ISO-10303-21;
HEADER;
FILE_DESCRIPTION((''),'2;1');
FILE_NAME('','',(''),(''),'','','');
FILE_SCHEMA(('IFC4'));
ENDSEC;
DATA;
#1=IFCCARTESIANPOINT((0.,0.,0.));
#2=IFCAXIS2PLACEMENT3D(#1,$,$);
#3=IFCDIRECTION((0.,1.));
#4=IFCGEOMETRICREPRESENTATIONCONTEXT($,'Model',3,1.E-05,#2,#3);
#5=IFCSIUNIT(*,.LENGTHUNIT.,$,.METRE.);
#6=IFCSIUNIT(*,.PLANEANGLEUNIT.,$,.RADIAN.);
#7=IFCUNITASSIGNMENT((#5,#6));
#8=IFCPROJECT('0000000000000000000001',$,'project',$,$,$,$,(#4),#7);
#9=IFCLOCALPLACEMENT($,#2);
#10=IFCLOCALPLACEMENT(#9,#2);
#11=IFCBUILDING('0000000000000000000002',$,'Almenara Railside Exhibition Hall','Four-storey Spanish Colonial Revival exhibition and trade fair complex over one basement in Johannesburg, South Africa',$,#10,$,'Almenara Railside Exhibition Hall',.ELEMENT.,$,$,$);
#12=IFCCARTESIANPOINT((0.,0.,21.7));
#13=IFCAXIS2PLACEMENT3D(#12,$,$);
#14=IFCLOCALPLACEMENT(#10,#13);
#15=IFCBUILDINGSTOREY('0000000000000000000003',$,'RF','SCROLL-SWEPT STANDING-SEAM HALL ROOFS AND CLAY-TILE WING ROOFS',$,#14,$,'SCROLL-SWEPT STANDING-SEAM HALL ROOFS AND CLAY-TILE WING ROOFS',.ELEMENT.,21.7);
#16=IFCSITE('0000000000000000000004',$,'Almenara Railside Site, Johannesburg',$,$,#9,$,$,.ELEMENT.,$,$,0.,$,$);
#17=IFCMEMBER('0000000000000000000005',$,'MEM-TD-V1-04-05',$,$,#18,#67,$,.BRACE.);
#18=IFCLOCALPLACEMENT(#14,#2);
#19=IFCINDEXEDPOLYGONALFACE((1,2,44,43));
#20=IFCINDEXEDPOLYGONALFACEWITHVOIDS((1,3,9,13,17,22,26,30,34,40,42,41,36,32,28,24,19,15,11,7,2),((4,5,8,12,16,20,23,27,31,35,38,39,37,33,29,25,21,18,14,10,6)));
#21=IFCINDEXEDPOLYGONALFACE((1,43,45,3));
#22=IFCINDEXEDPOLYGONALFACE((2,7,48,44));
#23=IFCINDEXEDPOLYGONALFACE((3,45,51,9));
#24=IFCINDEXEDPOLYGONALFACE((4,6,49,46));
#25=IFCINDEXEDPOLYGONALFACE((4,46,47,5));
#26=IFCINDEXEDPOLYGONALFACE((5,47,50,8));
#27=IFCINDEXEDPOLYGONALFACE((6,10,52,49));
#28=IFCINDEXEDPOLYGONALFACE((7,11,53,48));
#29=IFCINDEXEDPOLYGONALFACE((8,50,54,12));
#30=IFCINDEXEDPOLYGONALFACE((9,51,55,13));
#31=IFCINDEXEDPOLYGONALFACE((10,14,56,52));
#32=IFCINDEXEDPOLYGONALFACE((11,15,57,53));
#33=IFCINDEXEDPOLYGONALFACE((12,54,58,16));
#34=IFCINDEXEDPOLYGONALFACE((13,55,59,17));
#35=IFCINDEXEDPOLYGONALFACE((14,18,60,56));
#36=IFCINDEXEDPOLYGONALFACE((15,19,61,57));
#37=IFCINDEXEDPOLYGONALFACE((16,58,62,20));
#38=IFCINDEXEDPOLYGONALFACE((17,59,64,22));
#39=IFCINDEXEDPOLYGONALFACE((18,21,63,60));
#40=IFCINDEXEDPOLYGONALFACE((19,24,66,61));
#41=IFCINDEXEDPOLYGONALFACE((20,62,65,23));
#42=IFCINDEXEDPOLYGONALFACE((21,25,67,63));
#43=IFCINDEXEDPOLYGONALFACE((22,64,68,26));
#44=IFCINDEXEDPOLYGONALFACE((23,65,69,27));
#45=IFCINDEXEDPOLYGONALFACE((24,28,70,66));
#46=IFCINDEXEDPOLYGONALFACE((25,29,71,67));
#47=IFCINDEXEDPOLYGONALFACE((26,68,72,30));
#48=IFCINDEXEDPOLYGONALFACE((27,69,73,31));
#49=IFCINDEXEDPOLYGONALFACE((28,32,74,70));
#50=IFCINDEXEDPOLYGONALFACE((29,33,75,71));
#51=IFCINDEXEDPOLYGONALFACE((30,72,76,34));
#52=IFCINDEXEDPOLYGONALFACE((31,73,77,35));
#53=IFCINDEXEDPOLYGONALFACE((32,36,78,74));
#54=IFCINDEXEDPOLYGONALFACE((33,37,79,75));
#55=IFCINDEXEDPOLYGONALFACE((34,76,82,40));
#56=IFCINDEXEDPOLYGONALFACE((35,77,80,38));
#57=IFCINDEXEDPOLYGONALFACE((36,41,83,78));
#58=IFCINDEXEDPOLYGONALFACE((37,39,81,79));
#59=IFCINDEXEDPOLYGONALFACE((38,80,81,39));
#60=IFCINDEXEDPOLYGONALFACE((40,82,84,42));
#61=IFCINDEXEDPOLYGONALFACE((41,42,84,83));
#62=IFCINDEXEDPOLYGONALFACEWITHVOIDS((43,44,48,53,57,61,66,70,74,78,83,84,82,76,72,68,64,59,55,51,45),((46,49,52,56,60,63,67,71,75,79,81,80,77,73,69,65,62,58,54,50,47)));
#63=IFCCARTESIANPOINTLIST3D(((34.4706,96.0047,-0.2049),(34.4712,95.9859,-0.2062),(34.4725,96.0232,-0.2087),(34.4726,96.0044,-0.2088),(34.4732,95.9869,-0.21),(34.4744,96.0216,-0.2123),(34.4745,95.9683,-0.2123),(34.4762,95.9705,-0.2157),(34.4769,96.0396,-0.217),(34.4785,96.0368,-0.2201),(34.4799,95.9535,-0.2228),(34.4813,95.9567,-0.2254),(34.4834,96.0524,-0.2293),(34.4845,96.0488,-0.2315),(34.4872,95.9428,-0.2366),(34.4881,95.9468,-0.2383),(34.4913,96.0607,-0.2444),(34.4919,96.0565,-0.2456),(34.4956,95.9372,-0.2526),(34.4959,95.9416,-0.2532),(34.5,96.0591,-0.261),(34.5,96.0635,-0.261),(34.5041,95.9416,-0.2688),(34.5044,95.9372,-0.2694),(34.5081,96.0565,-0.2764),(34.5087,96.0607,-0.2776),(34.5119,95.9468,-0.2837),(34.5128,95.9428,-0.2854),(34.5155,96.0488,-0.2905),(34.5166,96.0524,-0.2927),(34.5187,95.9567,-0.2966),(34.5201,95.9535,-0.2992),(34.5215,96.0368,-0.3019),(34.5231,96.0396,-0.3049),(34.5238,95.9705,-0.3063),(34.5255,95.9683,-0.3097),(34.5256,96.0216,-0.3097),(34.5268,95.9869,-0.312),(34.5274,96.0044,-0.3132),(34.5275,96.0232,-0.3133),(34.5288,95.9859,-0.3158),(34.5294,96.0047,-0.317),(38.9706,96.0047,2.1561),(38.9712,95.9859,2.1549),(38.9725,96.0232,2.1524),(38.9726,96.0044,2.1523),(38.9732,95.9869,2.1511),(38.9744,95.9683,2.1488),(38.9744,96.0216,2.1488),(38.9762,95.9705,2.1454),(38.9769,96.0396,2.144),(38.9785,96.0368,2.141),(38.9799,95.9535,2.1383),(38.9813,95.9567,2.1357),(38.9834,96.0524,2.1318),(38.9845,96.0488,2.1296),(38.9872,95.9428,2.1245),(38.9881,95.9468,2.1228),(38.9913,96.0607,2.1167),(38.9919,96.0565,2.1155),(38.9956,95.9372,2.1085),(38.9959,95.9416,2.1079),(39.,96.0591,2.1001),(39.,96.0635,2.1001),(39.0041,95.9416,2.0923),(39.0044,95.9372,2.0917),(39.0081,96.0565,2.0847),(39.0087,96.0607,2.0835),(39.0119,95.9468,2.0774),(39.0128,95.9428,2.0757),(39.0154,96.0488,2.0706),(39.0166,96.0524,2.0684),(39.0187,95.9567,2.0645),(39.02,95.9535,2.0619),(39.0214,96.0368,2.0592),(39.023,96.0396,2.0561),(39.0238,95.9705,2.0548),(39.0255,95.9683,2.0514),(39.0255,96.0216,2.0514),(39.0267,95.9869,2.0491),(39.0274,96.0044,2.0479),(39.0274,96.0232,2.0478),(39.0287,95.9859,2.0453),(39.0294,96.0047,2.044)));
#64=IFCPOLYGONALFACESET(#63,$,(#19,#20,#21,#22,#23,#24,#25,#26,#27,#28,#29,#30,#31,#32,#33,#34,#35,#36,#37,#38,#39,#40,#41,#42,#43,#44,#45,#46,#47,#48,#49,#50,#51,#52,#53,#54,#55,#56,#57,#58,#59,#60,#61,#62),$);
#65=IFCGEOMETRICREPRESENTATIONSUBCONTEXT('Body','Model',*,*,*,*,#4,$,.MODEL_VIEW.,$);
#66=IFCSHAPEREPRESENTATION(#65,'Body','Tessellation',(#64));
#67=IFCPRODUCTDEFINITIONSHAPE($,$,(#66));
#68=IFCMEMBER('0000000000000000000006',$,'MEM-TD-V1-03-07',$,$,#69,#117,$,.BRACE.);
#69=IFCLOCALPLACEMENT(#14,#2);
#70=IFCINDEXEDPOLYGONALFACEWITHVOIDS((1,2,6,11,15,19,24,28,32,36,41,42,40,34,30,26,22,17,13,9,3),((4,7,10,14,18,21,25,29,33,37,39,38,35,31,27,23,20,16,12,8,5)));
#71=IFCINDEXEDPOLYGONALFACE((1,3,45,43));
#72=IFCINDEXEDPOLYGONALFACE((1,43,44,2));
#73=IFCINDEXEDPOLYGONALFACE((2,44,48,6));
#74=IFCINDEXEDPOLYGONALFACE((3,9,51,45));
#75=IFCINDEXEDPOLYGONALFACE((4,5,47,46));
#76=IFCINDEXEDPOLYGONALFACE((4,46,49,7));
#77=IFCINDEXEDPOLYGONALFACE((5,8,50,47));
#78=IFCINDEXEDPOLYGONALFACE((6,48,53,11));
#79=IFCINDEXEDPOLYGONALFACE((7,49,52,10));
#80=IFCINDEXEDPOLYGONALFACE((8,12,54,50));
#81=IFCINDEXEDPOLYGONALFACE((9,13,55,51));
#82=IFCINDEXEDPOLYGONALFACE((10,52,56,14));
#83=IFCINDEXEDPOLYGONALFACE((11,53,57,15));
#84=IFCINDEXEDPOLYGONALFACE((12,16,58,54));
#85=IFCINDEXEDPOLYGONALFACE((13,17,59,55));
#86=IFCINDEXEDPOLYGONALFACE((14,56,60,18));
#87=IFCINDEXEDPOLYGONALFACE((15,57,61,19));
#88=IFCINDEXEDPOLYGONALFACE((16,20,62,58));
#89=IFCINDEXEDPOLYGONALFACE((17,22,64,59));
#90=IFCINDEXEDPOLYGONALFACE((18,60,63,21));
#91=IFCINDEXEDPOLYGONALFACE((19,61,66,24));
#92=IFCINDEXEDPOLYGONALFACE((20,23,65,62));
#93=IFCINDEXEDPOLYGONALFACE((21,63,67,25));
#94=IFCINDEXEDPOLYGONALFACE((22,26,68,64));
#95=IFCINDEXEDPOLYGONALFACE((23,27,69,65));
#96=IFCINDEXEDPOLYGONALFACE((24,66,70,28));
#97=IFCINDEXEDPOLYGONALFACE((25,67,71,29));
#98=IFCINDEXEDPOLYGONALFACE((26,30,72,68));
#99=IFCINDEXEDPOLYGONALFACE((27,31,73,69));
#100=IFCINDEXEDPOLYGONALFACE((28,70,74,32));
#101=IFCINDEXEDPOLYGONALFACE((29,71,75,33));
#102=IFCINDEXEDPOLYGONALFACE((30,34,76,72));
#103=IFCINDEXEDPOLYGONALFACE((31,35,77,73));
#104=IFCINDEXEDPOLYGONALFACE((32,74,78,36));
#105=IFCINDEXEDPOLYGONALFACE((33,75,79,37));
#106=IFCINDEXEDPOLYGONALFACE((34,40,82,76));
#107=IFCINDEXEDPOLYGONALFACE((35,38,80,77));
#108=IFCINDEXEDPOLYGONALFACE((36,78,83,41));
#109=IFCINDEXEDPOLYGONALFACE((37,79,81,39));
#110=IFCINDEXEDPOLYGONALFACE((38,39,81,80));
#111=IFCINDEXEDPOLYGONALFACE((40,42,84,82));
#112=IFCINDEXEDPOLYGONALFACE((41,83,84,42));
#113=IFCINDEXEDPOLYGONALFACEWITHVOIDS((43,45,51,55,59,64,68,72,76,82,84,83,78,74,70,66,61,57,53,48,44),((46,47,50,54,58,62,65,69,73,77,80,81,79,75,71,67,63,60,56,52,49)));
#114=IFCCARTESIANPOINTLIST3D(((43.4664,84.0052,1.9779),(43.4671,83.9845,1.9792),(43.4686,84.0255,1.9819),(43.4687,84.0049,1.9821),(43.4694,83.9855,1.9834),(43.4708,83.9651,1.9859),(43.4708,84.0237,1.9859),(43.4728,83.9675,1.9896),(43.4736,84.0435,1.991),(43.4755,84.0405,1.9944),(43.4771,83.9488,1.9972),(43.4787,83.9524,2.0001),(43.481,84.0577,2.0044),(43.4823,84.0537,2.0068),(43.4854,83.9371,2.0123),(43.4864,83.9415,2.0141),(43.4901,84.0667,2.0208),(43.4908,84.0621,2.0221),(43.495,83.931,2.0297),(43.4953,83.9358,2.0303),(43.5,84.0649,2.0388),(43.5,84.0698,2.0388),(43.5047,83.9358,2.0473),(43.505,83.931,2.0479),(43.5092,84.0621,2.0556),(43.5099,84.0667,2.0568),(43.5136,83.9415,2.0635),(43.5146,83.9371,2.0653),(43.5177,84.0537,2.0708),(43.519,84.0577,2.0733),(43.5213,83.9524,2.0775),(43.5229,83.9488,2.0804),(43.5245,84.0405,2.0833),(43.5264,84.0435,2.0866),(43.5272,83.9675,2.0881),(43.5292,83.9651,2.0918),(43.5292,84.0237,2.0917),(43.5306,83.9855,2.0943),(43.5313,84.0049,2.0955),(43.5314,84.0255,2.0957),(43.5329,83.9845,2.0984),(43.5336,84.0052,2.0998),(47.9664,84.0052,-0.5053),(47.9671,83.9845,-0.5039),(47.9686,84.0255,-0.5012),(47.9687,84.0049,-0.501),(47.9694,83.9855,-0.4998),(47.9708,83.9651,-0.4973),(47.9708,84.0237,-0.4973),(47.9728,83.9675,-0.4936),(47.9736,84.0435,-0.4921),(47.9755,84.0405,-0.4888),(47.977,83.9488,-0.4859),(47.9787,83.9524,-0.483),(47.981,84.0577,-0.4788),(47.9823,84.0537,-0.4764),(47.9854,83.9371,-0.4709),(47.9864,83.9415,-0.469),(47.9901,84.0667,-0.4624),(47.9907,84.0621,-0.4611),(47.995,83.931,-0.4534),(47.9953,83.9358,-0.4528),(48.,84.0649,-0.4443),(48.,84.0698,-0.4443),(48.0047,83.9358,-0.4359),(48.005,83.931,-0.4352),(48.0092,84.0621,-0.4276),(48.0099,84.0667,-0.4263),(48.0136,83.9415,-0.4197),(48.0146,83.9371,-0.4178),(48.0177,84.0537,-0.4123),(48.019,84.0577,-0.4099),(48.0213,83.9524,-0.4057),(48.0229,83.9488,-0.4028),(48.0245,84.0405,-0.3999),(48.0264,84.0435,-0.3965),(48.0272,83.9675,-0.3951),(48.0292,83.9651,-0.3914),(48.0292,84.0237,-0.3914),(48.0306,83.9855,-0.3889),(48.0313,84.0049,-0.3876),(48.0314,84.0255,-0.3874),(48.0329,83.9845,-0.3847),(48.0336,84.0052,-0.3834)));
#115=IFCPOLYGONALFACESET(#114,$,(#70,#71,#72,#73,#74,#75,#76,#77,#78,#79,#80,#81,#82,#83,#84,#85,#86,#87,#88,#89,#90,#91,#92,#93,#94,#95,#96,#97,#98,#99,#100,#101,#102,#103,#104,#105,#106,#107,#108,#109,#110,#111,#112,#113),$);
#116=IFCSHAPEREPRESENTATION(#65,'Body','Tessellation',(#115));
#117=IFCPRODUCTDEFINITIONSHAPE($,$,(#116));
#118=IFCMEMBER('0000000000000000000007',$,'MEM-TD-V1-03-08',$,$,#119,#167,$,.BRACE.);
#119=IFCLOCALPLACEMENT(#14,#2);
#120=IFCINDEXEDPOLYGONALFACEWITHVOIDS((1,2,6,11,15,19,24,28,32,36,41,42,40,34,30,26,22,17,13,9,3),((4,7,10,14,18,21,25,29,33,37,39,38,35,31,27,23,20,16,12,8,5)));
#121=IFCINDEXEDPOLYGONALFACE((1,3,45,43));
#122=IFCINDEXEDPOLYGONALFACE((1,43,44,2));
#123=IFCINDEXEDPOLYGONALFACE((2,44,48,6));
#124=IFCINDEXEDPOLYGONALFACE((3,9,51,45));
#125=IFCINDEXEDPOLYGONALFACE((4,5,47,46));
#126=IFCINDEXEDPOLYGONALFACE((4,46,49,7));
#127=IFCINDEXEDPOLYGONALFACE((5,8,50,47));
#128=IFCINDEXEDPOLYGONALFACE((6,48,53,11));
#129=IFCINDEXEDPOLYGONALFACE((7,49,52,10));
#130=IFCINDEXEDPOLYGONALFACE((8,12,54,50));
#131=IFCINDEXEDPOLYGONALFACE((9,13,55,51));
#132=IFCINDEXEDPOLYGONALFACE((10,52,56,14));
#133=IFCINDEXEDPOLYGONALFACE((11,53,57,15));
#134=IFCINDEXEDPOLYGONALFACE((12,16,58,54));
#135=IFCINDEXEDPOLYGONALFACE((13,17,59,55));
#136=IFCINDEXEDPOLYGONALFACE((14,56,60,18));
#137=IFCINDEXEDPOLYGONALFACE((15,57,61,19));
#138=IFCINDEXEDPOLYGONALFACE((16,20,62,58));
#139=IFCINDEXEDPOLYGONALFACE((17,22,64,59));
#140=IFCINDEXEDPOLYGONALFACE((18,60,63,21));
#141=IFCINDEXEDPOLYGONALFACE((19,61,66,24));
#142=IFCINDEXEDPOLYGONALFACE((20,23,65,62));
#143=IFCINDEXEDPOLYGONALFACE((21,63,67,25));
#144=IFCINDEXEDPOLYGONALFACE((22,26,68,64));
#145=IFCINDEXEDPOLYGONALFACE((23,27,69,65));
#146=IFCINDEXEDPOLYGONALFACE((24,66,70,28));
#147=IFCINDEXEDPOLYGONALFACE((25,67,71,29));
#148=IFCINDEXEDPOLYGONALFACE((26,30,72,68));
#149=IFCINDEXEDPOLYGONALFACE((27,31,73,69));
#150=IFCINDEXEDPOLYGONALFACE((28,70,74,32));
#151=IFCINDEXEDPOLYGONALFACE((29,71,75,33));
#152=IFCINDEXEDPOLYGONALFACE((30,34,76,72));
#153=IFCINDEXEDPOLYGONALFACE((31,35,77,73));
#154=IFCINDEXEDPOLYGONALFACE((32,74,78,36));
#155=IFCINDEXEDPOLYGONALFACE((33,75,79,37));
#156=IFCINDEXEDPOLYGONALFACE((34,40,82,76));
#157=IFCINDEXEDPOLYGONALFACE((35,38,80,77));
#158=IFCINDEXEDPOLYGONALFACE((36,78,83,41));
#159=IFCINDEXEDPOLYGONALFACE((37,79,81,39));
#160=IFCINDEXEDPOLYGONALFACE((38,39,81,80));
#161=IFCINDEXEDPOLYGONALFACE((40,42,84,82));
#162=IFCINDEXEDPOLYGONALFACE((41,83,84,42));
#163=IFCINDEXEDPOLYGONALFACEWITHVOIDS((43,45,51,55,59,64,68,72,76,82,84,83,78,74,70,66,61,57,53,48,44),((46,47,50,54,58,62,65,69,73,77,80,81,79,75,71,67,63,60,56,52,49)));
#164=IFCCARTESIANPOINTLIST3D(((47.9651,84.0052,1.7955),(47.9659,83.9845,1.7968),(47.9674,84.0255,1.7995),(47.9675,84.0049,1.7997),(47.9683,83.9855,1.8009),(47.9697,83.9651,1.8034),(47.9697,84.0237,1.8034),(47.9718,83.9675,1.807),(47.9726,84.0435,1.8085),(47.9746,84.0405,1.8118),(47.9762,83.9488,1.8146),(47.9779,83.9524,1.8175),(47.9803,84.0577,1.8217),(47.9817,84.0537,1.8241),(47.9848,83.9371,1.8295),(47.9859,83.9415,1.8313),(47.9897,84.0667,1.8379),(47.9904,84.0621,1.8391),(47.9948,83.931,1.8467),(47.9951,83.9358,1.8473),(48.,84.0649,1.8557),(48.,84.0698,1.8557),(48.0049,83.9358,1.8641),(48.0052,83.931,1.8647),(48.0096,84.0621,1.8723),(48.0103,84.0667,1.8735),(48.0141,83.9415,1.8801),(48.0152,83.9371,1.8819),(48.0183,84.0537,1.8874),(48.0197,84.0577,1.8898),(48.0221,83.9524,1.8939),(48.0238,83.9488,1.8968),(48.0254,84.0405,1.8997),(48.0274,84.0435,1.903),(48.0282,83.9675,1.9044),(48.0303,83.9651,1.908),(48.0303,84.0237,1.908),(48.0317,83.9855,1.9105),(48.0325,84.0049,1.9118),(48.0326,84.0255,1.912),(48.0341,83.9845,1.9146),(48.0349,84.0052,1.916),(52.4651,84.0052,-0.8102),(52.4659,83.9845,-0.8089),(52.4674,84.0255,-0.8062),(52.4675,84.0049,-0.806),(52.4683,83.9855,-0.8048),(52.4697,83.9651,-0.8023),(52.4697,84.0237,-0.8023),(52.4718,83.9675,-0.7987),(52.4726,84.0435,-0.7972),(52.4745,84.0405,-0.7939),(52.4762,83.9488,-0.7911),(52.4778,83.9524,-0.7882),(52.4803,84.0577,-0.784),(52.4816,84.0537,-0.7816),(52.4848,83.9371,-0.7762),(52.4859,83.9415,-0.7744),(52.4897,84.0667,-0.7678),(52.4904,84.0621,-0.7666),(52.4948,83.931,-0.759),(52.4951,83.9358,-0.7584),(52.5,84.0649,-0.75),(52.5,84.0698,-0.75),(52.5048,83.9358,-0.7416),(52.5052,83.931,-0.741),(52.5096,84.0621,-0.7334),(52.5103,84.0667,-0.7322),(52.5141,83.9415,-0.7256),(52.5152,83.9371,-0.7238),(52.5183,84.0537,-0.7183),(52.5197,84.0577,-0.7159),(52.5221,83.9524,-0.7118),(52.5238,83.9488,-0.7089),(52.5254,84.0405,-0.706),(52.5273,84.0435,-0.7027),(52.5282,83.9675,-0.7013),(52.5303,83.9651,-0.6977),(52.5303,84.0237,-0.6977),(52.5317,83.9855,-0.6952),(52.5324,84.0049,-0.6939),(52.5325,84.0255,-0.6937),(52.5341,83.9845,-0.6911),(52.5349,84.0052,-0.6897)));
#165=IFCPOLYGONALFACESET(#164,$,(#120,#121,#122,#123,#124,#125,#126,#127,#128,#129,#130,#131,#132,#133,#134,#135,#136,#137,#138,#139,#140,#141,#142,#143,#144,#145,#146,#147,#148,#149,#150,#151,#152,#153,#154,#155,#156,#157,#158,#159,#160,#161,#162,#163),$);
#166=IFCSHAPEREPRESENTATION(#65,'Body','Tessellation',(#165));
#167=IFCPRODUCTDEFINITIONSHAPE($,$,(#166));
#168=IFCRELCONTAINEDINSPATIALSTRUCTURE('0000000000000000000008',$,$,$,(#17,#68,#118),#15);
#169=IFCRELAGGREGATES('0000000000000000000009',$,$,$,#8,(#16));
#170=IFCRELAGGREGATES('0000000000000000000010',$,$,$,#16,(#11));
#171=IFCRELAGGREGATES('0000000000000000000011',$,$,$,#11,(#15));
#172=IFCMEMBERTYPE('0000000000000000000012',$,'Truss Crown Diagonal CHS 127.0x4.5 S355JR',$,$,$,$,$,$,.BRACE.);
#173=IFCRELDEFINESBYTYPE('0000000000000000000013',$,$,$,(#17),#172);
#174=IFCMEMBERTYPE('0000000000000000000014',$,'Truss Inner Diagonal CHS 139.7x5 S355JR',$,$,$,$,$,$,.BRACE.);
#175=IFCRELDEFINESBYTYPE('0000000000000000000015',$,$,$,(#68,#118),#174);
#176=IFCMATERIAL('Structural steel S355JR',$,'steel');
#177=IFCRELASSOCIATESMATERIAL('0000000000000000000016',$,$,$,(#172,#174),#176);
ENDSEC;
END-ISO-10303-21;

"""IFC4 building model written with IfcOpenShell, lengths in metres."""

from ifc_helpers import new_model, si_unit, direction, frame, origin, origin_2d, place, context, subcontext, project, spatial, hollow_circle, extrude, material, material_profile, profile_set, type_object, element, save


model = new_model("IFC4")

# Units and contexts
model_context = context("Model", 3, precision=1e-05, world=origin(), true_north=direction((0.0, 1.0)))
body_context = subcontext(model_context, "Body", "Model", "MODEL_VIEW")
ifc_project = project(units=[si_unit("LENGTHUNIT", "METRE"), si_unit("PLANEANGLEUNIT", "RADIAN")], contexts=[model_context])

# Site, building, storey
site_placement = place(None, origin())
site = spatial("IfcSite", under=ifc_project, at=site_placement, Name="Almenara Railside Site, Johannesburg", CompositionType="ELEMENT", RefElevation=0.0)
building_placement = place(site_placement, origin())
building = spatial("IfcBuilding", under=site, at=building_placement, Name="Almenara Railside Exhibition Hall", Description="Four-storey Spanish Colonial Revival exhibition and trade fair complex over one basement in Johannesburg, South Africa", LongName="Almenara Railside Exhibition Hall", CompositionType="ELEMENT")
storey_placement = place(building_placement, frame((0.0, 0.0, 21.7)))
storey = spatial("IfcBuildingStorey", under=building, at=storey_placement, Name="RF", Description="SCROLL-SWEPT STANDING-SEAM HALL ROOFS AND CLAY-TILE WING ROOFS", LongName="SCROLL-SWEPT STANDING-SEAM HALL ROOFS AND CLAY-TILE WING ROOFS", CompositionType="ELEMENT", Elevation=21.7)

# Members
ifc_material_1 = material(Name="Structural steel S355JR", Category="steel")
ifc_material_profile_1 = material_profile(ifc_material_1, hollow_circle(Radius=0.0635, WallThickness=0.0044, at=origin_2d()), Name="CHS 127.0x4.5")
ifc_profile_set_1 = profile_set([ifc_material_profile_1], Name="Structural steel S355JR")
member_type_1 = type_object("IfcMemberType", Name="Truss Crown Diagonal CHS 127.0x4.5 S355JR", PredefinedType="BRACE", material=ifc_profile_set_1)
for number, where, z_axis, x_axis, name in (
    (1, (34.5, 96.0, -0.261), (0.885513, 0.0, 0.464615), (0.0, 1.0, 0.0), "MEM-TD-V1-04-05"),
):
    element("IfcMember", number, at=place(storey_placement, frame(where, z_axis=z_axis, x_axis=x_axis)), inside=storey, type_object=member_type_1, Name=name, PredefinedType="BRACE", context=body_context, shape_type="SweptSolid", body=[
        extrude(hollow_circle(Radius=0.0635, WallThickness=0.0044, at=origin_2d()), origin(), (0.0, 0.0, 1.0), 5.0818),
    ])
ifc_material_profile_2 = material_profile(ifc_material_1, hollow_circle(Radius=0.0698, WallThickness=0.0049, at=origin_2d()), Name="CHS 139.7x5")
ifc_profile_set_2 = profile_set([ifc_material_profile_2], Name="Structural steel S355JR")
member_type_2 = type_object("IfcMemberType", Name="Truss Inner Diagonal CHS 139.7x5 S355JR", PredefinedType="BRACE", material=ifc_profile_set_2)
member_1_placement = place(storey_placement, frame((43.5, 84.0, 2.0388), z_axis=(0.875545, 0.0, -0.483136), x_axis=(0.0, 1.0, 0.0)))
element("IfcMember", 2, at=member_1_placement, inside=storey, type_object=member_type_2, Name="MEM-TD-V1-03-07", PredefinedType="BRACE", context=body_context, shape_type="SweptSolid", body=[
    extrude(hollow_circle(Radius=0.0698, WallThickness=0.0049, at=origin_2d()), origin(), (0.0, 0.0, 1.0), 5.1396),
])
member_2_placement = place(storey_placement, frame((48.0, 84.0, 1.8557), z_axis=(0.865389, 0.0, -0.501101), x_axis=(0.0, 1.0, 0.0)))
element("IfcMember", 3, at=member_2_placement, inside=storey, type_object=member_type_2, Name="MEM-TD-V1-03-08", PredefinedType="BRACE", context=body_context, shape_type="SweptSolid", body=[
    extrude(hollow_circle(Radius=0.0698, WallThickness=0.0049, at=origin_2d()), origin(), (0.0, 0.0, 1.0), 5.2),
])

save(model, "model.ifc")
